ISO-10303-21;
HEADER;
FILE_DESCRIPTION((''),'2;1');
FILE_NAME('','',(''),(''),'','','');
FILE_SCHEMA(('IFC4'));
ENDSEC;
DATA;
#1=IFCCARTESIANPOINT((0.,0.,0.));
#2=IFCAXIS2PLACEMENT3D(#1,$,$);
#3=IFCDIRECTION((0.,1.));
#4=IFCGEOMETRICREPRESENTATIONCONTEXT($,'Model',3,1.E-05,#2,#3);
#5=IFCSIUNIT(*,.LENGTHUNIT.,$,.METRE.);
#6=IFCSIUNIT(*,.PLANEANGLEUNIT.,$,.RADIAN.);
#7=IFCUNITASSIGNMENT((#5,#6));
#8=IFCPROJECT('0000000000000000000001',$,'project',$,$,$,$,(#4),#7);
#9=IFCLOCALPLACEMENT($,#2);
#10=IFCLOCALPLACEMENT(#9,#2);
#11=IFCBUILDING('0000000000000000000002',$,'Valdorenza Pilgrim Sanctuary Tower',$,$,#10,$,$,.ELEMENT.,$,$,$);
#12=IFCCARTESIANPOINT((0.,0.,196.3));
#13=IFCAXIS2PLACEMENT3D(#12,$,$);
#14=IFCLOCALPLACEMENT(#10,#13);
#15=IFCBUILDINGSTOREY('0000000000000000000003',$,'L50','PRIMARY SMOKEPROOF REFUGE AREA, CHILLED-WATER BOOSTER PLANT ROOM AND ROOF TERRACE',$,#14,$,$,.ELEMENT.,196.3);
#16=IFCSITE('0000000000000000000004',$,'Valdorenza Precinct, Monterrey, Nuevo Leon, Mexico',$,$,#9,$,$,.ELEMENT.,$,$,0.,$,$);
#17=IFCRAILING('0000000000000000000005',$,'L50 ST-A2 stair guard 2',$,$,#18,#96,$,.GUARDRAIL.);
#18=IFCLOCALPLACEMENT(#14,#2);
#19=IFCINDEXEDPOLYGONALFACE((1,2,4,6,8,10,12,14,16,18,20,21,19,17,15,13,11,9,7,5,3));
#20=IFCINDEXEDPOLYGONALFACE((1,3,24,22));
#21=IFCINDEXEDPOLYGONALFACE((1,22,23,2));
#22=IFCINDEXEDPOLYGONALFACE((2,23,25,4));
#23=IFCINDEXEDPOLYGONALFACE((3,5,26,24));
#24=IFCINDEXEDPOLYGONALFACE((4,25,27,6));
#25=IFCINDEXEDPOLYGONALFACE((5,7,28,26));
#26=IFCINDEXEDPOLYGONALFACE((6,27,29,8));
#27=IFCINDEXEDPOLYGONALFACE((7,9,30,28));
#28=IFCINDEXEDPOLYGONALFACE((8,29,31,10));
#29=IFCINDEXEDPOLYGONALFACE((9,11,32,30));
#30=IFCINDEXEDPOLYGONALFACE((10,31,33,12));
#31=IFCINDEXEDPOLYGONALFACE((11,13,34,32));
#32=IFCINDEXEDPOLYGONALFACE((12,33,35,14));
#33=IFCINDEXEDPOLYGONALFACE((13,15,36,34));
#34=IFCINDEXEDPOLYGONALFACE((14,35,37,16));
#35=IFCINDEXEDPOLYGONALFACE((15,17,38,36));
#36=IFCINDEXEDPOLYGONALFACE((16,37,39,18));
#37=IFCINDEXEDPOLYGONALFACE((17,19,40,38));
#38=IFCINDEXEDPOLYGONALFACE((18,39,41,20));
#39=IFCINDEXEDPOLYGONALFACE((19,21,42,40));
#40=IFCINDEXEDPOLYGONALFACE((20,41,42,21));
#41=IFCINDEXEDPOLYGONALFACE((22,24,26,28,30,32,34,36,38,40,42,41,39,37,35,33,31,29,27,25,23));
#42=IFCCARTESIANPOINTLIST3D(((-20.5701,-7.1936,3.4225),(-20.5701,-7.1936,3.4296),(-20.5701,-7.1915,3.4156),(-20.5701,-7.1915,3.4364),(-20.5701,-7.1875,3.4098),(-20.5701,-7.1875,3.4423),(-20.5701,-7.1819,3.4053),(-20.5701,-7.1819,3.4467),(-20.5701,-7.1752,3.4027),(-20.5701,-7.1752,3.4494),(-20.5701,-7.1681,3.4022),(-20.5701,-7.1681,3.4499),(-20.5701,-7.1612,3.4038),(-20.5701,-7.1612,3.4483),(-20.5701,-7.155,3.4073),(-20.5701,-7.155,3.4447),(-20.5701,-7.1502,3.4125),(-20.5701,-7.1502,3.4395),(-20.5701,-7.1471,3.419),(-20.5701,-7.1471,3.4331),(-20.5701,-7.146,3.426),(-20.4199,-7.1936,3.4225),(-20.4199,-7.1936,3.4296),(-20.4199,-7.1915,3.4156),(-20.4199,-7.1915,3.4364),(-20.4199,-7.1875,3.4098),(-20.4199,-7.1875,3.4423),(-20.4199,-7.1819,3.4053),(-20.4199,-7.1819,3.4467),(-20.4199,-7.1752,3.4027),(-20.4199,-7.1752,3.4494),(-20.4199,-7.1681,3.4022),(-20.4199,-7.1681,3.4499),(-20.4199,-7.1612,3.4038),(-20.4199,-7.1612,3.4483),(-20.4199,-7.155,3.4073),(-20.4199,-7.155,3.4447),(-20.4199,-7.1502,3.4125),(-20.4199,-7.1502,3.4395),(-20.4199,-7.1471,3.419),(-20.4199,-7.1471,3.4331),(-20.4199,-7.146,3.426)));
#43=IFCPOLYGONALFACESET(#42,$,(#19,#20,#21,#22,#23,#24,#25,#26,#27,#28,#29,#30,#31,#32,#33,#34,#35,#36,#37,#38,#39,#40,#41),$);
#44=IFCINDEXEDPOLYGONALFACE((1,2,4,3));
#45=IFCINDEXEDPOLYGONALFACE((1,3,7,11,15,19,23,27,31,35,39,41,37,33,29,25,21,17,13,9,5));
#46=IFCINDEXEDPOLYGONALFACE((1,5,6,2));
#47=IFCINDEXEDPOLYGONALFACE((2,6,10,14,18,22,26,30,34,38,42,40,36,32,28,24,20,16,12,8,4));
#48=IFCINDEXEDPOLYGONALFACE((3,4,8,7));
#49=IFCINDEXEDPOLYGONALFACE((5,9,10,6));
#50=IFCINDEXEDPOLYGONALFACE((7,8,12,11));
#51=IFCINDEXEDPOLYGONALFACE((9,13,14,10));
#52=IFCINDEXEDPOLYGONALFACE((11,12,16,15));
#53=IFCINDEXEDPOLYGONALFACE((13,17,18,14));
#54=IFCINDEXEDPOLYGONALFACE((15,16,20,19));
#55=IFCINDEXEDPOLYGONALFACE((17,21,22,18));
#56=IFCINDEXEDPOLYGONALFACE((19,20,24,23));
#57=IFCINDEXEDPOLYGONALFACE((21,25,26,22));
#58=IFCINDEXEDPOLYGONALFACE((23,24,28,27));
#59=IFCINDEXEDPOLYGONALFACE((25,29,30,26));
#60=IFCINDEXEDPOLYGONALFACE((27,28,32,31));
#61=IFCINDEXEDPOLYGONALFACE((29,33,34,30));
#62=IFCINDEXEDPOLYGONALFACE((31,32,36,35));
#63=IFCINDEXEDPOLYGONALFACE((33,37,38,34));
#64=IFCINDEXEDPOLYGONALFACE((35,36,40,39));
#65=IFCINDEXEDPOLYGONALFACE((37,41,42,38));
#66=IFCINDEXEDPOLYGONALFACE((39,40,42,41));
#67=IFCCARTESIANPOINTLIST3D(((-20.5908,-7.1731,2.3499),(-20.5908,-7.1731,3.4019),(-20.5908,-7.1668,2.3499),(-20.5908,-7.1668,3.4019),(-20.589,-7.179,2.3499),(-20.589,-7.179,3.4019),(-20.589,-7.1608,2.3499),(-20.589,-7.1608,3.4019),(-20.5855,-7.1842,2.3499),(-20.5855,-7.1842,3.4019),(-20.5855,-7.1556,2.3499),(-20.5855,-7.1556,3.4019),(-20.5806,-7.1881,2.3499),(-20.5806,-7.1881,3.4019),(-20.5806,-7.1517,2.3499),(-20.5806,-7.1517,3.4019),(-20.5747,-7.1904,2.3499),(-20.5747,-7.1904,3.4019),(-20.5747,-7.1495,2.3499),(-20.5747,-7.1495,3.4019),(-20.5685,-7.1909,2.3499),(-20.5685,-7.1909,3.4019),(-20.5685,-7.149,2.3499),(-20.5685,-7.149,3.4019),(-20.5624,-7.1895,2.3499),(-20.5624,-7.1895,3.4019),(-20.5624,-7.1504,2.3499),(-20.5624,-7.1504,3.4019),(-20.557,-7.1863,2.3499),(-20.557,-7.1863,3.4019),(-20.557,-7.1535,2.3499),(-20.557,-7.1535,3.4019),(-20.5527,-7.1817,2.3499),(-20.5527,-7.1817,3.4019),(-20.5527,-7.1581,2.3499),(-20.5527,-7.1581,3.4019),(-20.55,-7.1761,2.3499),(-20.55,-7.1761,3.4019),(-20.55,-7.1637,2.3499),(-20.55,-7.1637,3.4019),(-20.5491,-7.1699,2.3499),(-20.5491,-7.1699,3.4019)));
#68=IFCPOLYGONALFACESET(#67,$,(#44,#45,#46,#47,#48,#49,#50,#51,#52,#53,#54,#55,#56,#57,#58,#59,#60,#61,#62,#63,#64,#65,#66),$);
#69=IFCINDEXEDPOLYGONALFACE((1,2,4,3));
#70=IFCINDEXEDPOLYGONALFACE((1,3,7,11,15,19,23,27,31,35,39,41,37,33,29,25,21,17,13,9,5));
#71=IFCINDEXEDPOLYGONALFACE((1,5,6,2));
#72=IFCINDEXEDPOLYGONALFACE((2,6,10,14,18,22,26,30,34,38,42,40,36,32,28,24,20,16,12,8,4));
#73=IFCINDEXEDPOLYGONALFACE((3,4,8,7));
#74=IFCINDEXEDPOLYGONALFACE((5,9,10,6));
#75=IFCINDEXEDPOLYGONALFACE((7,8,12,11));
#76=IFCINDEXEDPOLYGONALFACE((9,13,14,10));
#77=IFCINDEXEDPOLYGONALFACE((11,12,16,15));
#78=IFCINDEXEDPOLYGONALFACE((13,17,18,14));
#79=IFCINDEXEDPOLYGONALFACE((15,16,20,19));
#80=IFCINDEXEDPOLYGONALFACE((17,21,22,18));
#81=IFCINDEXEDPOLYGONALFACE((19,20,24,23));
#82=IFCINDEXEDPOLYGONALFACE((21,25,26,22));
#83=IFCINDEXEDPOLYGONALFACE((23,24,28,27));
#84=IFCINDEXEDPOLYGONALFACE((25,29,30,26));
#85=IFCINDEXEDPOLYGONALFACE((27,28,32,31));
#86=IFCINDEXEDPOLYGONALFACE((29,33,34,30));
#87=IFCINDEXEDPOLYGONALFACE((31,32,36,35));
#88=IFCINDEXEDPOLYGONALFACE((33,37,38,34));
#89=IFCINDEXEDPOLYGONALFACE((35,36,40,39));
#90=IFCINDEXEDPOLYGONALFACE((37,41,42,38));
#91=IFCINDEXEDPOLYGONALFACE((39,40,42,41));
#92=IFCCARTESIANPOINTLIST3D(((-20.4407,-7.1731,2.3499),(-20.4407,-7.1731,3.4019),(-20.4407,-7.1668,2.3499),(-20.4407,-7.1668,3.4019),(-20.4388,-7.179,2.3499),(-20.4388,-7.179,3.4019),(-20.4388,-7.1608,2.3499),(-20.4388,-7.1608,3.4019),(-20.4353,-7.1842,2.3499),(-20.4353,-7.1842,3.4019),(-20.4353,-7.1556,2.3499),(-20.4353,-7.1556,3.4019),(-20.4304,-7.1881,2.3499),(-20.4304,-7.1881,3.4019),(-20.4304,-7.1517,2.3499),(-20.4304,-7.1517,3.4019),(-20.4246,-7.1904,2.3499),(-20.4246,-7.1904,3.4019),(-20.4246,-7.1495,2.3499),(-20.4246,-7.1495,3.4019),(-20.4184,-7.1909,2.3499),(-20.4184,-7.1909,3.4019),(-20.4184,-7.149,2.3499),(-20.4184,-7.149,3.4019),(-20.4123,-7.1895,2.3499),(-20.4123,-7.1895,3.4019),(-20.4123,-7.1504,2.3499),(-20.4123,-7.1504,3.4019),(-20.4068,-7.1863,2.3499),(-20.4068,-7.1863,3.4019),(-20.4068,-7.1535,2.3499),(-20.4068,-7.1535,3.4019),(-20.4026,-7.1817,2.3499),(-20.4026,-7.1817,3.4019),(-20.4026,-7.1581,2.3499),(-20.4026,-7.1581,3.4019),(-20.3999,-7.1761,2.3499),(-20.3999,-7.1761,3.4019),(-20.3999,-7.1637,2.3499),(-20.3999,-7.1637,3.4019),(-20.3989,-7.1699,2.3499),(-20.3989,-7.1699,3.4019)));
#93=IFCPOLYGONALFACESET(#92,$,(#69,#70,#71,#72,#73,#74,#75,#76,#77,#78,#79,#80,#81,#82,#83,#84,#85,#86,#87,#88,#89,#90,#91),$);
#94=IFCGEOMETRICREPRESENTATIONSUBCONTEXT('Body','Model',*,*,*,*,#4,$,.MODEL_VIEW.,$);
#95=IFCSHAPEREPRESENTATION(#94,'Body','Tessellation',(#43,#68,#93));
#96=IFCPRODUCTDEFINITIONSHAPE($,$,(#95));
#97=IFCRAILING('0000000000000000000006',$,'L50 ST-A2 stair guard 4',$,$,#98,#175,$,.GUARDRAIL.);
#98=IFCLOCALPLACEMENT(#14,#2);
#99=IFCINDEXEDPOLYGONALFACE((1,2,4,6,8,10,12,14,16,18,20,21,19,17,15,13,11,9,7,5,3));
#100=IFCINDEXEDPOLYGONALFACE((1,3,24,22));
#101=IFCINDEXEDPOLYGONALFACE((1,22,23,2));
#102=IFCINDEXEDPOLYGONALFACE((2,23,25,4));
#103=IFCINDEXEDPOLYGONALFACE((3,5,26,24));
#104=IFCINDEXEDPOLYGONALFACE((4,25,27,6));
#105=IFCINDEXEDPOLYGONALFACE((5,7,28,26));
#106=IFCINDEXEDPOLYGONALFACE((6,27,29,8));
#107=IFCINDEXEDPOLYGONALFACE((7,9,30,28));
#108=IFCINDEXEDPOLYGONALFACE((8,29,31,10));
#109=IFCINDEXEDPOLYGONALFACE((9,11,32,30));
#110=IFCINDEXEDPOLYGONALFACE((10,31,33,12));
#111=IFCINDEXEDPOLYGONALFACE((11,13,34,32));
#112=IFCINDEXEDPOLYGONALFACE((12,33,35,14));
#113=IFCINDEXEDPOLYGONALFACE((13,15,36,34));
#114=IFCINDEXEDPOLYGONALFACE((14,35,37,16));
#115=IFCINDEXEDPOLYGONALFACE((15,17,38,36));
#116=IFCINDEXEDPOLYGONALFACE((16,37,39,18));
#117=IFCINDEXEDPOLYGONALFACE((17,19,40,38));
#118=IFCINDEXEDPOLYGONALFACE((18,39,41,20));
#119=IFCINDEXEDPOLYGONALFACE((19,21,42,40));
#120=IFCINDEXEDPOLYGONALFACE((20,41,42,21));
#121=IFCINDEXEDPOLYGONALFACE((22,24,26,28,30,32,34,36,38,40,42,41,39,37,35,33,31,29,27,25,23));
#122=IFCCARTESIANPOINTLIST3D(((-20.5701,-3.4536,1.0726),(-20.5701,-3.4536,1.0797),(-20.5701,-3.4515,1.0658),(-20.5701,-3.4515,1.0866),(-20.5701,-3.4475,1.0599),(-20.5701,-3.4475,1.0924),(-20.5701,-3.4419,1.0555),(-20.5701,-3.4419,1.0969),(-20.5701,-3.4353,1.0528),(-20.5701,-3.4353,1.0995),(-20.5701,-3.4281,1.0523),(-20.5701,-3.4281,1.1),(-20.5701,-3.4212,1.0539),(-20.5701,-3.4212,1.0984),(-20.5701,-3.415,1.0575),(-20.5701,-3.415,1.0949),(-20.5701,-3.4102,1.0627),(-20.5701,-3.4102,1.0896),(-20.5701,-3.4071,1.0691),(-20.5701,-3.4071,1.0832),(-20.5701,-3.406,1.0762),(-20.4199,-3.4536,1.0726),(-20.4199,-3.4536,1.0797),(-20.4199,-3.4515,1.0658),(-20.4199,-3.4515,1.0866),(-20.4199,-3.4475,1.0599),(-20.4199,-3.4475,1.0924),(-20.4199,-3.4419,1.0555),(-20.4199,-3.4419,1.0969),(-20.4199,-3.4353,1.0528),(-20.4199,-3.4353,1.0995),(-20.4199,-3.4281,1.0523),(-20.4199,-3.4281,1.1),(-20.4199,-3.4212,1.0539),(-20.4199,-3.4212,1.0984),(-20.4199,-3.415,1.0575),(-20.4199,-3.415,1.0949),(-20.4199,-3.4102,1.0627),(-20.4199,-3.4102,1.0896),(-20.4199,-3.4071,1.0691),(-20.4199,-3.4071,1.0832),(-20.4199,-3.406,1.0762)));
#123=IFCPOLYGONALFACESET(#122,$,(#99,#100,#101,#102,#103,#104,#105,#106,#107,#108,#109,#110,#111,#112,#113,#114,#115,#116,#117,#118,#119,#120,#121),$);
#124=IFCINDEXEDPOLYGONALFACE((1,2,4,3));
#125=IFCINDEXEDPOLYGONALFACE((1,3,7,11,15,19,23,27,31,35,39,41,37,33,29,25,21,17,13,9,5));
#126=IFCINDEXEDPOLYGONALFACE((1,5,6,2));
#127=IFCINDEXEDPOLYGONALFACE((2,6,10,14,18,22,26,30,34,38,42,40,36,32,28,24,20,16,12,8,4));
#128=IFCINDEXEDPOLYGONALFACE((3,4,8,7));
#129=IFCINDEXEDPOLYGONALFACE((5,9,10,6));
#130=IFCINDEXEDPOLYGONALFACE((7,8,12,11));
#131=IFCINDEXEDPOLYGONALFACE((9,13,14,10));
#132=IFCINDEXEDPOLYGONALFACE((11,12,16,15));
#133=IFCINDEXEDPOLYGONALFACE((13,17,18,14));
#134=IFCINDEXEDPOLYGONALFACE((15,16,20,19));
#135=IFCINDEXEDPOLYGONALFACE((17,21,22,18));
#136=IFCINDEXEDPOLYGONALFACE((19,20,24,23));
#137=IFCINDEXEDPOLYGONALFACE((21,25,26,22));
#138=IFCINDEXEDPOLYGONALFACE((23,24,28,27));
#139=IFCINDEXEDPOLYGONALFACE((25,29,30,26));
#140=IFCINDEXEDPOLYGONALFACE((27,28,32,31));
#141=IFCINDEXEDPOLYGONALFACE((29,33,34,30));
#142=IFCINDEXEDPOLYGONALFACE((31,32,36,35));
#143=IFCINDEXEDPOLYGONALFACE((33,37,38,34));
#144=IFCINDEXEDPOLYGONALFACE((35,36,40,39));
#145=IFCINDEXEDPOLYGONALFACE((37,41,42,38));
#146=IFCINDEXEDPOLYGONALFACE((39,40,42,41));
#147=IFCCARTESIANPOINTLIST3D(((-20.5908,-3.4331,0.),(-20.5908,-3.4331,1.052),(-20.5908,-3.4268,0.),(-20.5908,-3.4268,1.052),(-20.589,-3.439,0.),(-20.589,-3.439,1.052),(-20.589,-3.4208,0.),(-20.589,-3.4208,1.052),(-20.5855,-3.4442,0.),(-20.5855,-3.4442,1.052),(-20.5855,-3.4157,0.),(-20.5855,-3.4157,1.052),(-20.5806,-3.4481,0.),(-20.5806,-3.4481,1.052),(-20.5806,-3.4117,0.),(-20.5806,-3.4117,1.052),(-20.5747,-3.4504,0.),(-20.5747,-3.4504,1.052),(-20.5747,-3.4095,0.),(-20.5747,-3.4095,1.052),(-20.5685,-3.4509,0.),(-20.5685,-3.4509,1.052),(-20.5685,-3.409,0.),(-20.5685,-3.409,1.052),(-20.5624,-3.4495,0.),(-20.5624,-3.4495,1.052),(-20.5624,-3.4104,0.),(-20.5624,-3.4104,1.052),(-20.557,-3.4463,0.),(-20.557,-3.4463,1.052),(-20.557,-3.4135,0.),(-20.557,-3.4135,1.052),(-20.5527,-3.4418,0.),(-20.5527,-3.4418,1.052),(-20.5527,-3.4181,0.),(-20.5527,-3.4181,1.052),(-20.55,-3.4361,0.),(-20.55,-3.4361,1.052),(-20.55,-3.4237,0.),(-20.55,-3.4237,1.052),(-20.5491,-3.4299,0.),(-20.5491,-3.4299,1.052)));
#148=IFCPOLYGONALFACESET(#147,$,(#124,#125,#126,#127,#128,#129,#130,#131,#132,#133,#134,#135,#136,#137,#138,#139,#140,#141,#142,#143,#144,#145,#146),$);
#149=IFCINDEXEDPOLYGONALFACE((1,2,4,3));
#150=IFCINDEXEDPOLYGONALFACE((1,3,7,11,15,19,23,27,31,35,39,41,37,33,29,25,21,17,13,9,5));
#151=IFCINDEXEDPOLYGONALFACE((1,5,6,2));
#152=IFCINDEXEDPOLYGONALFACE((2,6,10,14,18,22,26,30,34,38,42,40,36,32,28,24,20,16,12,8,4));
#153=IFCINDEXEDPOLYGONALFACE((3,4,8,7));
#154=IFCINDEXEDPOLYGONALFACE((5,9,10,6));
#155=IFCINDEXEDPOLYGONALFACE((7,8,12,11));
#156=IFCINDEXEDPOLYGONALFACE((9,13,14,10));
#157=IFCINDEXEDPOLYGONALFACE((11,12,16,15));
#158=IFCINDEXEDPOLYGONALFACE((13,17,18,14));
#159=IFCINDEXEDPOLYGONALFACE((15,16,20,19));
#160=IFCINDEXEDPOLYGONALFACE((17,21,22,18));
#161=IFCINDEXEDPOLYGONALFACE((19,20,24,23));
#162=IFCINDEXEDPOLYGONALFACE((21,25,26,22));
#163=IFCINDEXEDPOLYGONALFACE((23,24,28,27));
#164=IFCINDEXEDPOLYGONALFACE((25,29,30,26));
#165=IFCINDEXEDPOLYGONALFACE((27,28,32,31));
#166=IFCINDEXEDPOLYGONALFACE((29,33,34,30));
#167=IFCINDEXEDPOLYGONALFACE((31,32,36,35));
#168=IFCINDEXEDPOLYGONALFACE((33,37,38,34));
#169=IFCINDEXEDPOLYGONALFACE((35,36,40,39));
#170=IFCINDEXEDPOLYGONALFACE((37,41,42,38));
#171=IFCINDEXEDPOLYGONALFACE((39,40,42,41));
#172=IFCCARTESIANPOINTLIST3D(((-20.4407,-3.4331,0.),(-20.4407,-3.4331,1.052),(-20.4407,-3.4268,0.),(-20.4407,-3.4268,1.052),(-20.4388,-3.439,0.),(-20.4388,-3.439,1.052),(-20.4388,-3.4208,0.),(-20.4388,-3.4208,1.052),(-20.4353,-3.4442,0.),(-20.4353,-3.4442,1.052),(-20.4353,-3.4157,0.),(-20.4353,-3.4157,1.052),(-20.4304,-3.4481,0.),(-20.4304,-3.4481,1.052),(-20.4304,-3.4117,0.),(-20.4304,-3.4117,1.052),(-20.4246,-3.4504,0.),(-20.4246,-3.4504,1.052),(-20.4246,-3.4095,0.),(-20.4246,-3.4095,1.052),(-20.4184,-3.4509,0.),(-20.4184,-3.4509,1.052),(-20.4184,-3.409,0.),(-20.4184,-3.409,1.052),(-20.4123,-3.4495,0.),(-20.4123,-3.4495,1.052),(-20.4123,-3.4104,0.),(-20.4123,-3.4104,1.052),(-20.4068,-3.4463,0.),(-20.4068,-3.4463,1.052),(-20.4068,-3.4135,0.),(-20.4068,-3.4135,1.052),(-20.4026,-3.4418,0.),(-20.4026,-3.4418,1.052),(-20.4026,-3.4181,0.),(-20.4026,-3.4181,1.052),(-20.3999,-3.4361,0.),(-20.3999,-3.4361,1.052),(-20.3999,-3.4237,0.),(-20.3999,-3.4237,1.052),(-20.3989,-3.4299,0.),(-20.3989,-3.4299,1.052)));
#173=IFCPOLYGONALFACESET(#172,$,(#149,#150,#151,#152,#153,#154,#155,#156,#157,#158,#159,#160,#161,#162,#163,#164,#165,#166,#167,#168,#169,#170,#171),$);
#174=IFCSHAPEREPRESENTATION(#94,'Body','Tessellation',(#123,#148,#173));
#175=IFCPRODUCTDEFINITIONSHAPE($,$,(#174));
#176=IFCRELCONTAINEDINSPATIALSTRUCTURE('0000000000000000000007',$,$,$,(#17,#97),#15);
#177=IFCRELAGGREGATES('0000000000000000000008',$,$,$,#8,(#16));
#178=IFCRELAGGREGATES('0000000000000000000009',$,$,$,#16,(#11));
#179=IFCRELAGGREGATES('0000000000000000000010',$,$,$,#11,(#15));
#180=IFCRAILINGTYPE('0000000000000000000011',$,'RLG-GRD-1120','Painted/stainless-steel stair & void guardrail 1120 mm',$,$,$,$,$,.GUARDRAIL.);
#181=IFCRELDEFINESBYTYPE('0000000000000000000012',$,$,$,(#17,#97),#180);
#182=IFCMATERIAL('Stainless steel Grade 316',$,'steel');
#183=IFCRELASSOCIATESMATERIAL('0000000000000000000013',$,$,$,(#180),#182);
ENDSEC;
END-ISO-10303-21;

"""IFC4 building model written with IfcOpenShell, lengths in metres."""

from ifc_helpers import new_model, si_unit, direction, frame, origin, origin_2d, place, context, subcontext, project, spatial, circle, extrude, material, type_object, element, save


model = new_model("IFC4")

# Units and contexts
model_context = context("Model", 3, precision=1e-05, world=origin(), true_north=direction((0.0, 1.0)))
body_context = subcontext(model_context, "Body", "Model", "MODEL_VIEW")
ifc_project = project(units=[si_unit("LENGTHUNIT", "METRE"), si_unit("PLANEANGLEUNIT", "RADIAN")], contexts=[model_context])

# Site, building, storey
site_placement = place(None, origin())
site = spatial("IfcSite", under=ifc_project, at=site_placement, Name="Valdorenza Precinct, Monterrey, Nuevo Leon, Mexico", CompositionType="ELEMENT", RefElevation=0.0)
building_placement = place(site_placement, origin())
building = spatial("IfcBuilding", under=site, at=building_placement, Name="Valdorenza Pilgrim Sanctuary Tower", CompositionType="ELEMENT")
storey_placement = place(building_placement, frame((0.0, 0.0, 196.3)))
storey = spatial("IfcBuildingStorey", under=building, at=storey_placement, Name="L50", Description="PRIMARY SMOKEPROOF REFUGE AREA, CHILLED-WATER BOOSTER PLANT ROOM AND ROOF TERRACE", CompositionType="ELEMENT", Elevation=196.3)

# Railings
ifc_material_1 = material(Name="Stainless steel Grade 316", Category="steel")
railing_type_1 = type_object("IfcRailingType", Name="RLG-GRD-1120", Description="Painted/stainless-steel stair & void guardrail 1120 mm", PredefinedType="GUARDRAIL", material=ifc_material_1)
for number, where, name in (
    (1, (-20.5701, -7.1699, 2.3499), "L50 ST-A2 stair guard 2"),
    (2, (-20.5701, -3.4299, 0.0), "L50 ST-A2 stair guard 4"),
):
    element("IfcRailing", number, at=place(storey_placement, frame(where)), inside=storey, type_object=railing_type_1, Name=name, PredefinedType="GUARDRAIL", context=body_context, shape_type="SweptSolid", body=[
        extrude(circle(Radius=0.0239, at=origin_2d()), frame((0.0, 0.0, 1.0762), z_axis=(1.0, 0.0, 0.0), x_axis=(0.0, 1.0, 0.0)), (0.0, 0.0, 1.0), 0.1501),
        extrude(circle(Radius=0.021, at=origin_2d()), origin(), (0.0, 0.0, 1.0), 1.052),
        extrude(circle(Radius=0.021, at=origin_2d()), frame((0.1501, 0.0, 0.0)), (0.0, 0.0, 1.0), 1.052),
    ])

save(model, "model.ifc")
